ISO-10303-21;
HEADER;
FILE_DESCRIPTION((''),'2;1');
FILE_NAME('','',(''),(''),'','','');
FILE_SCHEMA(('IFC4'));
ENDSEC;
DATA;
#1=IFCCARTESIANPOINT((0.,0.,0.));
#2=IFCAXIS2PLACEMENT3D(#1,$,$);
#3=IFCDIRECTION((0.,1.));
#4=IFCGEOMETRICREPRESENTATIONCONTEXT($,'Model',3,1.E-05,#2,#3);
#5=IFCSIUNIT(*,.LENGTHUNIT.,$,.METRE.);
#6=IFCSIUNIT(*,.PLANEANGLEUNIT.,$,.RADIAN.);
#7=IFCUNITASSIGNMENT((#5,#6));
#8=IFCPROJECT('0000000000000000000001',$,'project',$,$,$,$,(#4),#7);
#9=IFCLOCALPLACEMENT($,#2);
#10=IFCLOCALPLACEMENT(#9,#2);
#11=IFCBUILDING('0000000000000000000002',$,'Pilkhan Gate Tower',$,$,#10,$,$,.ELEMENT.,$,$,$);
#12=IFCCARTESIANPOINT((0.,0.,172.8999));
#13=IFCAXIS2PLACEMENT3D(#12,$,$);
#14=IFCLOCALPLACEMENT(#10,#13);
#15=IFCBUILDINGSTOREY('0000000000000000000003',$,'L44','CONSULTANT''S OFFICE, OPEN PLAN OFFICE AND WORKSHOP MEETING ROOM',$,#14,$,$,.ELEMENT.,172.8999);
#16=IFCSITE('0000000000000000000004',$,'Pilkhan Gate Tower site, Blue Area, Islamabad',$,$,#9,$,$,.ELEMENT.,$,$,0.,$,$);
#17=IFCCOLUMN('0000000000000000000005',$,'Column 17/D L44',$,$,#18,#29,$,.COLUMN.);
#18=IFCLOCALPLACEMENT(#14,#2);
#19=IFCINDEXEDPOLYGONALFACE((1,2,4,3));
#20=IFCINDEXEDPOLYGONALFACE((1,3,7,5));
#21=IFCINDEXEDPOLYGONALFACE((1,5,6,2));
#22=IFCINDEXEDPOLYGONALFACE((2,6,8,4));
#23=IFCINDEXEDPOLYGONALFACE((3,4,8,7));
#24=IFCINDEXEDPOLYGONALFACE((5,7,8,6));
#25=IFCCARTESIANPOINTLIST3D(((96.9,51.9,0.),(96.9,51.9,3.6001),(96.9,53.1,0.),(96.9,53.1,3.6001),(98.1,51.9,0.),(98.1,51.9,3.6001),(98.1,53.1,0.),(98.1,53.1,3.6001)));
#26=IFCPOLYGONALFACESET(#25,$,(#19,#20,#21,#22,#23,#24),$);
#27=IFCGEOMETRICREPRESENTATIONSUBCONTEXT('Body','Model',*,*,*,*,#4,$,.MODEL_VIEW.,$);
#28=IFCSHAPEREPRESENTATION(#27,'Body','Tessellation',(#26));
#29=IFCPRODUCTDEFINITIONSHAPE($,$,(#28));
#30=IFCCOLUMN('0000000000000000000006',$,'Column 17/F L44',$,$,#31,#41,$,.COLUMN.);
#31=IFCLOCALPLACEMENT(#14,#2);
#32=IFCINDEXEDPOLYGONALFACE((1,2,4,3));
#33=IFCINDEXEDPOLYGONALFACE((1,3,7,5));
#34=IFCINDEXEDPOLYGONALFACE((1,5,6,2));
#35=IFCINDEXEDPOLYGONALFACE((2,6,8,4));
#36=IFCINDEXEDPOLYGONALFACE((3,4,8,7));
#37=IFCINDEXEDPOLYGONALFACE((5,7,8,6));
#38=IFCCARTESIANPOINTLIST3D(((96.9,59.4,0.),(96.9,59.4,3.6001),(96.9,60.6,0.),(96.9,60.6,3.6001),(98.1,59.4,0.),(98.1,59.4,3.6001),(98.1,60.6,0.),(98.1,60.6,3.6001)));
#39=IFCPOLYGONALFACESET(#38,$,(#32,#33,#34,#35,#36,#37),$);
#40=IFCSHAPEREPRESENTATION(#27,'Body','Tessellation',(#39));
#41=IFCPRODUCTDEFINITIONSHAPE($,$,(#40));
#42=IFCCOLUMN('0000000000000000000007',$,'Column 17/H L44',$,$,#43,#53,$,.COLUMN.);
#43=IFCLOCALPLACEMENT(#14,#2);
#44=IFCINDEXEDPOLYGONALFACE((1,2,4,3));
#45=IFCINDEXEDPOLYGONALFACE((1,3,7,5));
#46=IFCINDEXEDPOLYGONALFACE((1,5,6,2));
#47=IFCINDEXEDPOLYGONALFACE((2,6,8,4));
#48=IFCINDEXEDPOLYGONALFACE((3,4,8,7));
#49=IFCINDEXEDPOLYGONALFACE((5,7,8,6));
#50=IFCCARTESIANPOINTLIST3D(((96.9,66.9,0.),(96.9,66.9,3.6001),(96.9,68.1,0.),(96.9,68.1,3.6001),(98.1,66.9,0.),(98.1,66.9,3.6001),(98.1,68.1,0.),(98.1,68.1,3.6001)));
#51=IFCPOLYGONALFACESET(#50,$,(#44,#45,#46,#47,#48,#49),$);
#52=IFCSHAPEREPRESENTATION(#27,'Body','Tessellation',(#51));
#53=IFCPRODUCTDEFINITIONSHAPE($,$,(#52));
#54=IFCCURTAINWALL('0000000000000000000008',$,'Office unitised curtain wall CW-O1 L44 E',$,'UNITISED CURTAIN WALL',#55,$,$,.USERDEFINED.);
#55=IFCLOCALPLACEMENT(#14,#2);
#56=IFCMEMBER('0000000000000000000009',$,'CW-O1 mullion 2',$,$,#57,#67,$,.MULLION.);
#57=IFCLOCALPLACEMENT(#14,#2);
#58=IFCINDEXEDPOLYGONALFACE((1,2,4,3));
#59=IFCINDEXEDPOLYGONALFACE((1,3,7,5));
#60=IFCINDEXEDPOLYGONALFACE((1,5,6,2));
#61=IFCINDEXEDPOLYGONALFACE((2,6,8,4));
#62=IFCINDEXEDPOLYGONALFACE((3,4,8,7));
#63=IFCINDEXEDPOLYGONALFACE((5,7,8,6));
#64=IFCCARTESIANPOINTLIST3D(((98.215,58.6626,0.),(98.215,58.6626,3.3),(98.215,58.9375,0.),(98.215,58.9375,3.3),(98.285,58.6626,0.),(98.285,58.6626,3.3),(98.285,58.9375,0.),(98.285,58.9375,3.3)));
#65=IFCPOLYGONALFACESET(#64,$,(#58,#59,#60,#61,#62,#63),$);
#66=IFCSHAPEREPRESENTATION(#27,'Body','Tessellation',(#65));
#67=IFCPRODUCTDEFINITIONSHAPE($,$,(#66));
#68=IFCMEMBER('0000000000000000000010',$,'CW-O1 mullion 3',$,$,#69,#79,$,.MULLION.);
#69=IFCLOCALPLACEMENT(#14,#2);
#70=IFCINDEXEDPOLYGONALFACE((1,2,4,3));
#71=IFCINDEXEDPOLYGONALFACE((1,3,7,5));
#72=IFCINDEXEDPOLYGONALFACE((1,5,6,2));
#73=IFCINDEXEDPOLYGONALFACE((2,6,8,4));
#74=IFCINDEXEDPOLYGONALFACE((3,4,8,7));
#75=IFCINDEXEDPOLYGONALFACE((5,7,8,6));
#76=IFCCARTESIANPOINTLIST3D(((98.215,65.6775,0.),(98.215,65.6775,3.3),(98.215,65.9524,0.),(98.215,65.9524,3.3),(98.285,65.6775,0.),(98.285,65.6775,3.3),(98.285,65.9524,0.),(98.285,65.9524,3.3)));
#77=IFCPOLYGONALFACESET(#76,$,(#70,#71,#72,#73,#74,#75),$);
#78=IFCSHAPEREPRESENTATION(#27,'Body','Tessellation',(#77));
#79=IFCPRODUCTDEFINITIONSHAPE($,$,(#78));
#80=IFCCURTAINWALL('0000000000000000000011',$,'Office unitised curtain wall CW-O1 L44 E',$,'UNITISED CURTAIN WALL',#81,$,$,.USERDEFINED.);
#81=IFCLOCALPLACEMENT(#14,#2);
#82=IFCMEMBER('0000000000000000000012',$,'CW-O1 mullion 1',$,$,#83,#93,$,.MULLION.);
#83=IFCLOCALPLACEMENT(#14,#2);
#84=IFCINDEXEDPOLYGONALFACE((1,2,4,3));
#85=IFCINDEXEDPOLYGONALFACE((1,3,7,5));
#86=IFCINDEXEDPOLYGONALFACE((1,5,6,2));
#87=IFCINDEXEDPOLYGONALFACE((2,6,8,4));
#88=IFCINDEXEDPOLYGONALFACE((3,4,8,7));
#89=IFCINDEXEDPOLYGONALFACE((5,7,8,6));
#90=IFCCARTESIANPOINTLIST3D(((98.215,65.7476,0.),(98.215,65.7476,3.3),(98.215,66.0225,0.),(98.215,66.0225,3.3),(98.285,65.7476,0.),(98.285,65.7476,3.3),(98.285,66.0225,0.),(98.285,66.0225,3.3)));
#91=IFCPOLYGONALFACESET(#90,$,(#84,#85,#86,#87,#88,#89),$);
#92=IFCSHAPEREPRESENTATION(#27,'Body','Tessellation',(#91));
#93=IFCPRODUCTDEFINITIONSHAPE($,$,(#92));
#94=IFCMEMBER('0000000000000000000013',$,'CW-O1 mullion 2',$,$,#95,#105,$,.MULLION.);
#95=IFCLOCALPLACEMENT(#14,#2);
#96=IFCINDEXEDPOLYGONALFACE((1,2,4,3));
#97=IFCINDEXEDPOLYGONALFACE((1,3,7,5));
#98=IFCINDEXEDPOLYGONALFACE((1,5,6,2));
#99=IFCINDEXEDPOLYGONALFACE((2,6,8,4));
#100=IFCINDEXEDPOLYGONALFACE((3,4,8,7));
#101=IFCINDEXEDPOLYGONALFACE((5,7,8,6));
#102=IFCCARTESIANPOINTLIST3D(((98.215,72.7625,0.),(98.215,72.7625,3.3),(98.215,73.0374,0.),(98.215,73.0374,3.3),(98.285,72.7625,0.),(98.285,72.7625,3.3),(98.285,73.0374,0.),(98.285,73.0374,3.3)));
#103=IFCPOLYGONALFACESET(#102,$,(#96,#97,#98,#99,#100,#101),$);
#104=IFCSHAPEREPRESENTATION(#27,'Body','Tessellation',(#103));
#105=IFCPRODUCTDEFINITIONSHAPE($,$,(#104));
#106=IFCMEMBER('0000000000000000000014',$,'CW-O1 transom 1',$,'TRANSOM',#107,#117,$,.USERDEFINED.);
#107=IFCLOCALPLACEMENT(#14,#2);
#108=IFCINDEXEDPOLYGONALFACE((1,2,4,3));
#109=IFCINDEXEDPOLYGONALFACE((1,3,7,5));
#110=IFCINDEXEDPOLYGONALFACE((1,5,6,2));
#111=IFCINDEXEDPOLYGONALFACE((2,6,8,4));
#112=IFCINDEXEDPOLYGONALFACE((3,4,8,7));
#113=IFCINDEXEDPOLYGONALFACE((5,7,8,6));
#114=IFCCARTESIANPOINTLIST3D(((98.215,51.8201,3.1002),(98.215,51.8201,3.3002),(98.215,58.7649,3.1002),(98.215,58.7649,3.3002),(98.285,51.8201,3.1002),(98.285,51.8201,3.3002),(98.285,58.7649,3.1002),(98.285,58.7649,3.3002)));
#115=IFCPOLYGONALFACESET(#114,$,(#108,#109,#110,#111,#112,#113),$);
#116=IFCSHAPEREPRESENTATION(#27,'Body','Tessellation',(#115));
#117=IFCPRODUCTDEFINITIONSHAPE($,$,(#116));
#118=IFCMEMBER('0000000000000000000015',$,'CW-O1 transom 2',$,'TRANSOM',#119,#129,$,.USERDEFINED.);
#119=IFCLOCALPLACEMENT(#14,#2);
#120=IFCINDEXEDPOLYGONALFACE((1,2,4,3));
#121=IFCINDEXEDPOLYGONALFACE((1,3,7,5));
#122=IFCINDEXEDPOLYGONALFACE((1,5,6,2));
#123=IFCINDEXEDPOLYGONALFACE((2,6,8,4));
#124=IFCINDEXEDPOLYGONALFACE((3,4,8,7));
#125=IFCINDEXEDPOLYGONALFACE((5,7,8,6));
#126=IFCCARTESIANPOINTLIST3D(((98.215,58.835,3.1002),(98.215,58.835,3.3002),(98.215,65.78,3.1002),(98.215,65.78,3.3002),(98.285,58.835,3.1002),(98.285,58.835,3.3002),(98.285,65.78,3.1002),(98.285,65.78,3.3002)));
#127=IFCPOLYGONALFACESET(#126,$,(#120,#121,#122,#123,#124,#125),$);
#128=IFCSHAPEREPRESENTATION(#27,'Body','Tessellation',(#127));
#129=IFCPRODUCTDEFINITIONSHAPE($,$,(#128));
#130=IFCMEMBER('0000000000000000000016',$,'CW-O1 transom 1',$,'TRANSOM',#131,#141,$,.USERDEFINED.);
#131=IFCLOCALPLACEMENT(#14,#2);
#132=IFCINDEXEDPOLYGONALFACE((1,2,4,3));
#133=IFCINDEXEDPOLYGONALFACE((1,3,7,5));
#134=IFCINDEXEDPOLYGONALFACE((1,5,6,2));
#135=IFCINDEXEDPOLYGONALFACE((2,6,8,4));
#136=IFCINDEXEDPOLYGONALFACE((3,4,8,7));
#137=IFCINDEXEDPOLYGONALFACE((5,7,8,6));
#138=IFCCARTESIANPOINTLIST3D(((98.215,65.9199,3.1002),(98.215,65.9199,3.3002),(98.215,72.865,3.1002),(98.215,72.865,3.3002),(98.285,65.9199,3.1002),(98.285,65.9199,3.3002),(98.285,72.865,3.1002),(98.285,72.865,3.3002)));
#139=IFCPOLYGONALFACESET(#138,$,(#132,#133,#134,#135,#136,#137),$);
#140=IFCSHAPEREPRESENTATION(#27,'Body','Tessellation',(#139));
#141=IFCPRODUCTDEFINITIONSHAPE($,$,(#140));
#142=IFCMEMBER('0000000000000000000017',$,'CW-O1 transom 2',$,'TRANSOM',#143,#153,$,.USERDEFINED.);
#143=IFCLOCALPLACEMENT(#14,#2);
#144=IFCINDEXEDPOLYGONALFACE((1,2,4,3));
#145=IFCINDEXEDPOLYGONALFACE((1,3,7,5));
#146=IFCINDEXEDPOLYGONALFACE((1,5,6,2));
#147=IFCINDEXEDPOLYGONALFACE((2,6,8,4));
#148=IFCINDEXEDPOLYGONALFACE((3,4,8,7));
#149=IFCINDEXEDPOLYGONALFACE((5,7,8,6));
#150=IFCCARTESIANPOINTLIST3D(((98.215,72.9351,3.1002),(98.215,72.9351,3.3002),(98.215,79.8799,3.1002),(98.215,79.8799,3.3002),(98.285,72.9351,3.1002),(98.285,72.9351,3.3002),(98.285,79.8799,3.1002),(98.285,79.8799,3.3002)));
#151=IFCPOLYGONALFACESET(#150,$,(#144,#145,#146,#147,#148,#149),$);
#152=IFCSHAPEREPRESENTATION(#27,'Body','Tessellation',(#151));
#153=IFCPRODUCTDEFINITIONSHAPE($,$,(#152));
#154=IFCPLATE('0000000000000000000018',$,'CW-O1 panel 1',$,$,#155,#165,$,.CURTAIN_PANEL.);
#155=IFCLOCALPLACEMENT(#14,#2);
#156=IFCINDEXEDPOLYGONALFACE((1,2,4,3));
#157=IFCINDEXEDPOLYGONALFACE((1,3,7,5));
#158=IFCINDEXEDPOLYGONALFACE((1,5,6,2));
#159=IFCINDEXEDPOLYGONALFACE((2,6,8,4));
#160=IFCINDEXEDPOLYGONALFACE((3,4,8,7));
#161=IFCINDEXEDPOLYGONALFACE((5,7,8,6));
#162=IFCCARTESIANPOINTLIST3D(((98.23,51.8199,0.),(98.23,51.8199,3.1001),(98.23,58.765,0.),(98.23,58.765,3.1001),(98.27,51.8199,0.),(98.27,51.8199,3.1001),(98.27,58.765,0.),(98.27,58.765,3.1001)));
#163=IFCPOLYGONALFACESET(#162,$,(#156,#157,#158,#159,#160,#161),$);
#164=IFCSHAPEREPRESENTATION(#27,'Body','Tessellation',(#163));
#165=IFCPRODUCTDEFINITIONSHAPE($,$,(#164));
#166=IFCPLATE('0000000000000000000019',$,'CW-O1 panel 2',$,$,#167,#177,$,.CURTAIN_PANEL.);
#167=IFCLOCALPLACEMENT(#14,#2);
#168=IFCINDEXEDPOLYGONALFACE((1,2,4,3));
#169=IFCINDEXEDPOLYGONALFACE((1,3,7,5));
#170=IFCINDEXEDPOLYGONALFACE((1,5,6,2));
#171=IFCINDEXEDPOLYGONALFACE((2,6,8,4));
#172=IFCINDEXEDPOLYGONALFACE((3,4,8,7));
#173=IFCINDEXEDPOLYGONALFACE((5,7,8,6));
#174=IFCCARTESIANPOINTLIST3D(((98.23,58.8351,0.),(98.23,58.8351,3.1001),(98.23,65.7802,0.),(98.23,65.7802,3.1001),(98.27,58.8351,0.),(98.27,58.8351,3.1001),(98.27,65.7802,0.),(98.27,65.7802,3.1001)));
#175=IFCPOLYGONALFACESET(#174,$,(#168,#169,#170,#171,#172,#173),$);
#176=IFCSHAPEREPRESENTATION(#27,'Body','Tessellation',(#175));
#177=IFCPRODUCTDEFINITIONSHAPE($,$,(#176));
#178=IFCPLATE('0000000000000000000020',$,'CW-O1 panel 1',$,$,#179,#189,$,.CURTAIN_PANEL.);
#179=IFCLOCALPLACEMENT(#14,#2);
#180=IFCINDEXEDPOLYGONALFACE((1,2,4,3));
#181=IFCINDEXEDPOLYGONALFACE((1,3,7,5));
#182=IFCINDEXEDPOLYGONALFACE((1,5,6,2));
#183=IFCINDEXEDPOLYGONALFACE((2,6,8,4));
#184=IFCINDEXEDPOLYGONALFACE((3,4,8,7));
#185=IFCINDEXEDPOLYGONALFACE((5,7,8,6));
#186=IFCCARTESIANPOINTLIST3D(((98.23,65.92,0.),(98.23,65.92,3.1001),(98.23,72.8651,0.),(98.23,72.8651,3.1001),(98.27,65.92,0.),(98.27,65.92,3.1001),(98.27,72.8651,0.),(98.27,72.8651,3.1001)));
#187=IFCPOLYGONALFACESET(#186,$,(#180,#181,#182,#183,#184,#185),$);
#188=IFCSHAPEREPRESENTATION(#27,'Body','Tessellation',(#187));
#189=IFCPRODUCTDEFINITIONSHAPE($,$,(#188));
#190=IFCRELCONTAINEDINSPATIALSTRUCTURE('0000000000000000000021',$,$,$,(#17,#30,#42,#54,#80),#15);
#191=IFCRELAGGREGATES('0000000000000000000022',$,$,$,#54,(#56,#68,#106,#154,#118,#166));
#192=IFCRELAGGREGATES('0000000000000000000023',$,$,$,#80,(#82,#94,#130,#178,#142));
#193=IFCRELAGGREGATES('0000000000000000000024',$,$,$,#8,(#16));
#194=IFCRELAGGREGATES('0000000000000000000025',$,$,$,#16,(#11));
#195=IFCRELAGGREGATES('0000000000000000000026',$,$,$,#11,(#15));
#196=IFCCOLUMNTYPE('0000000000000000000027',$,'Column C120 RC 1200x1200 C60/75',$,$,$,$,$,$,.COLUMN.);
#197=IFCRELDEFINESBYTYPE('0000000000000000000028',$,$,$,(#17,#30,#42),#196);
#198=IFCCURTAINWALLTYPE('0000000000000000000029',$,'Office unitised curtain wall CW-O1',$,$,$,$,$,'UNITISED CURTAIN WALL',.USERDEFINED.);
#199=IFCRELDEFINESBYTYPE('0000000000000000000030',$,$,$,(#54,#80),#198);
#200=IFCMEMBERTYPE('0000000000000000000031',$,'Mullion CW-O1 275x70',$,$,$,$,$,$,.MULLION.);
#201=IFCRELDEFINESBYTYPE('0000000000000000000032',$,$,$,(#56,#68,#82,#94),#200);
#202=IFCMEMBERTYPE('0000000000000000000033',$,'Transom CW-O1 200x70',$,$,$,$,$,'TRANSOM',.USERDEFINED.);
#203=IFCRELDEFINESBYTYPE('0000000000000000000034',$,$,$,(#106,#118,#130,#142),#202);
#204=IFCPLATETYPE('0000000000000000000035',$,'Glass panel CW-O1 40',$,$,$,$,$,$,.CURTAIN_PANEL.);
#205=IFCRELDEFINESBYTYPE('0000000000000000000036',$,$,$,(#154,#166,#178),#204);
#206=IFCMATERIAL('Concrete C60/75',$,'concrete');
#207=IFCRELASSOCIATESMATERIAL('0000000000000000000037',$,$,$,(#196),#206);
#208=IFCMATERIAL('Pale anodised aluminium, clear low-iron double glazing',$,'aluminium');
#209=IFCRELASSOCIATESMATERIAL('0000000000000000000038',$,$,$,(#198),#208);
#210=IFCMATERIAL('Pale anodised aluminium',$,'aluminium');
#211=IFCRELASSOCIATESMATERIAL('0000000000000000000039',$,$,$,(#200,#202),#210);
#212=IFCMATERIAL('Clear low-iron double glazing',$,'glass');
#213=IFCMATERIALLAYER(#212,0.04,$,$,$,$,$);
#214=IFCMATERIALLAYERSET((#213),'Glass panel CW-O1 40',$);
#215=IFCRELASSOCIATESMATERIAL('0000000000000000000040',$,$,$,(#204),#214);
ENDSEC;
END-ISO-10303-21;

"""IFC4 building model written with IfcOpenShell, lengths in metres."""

from ifc_helpers import new_model, si_unit, direction, frame, origin, origin_2d, place, context, subcontext, project, spatial, rectangle, extrude, material, layer, layer_set, material_profile, profile_set, type_object, element, aggregate, save


model = new_model("IFC4")

# Units and contexts
model_context = context("Model", 3, precision=1e-05, world=origin(), true_north=direction((0.0, 1.0)))
body_context = subcontext(model_context, "Body", "Model", "MODEL_VIEW")
ifc_project = project(units=[si_unit("LENGTHUNIT", "METRE"), si_unit("PLANEANGLEUNIT", "RADIAN")], contexts=[model_context])

# Site, building, storey
site_placement = place(None, origin())
site = spatial("IfcSite", under=ifc_project, at=site_placement, Name="Pilkhan Gate Tower site, Blue Area, Islamabad", CompositionType="ELEMENT", RefElevation=0.0)
building_placement = place(site_placement, origin())
building = spatial("IfcBuilding", under=site, at=building_placement, Name="Pilkhan Gate Tower", CompositionType="ELEMENT")
storey_placement = place(building_placement, frame((0.0, 0.0, 172.8999)))
storey = spatial("IfcBuildingStorey", under=building, at=storey_placement, Name="L44", Description="CONSULTANT'S OFFICE, OPEN PLAN OFFICE AND WORKSHOP MEETING ROOM", CompositionType="ELEMENT", Elevation=172.8999)

# Columns
ifc_material_1 = material(Name="Concrete C60/75", Category="concrete")
ifc_material_profile_1 = material_profile(ifc_material_1, rectangle(XDim=1.2, YDim=1.2, at=origin_2d()), Name="RC 1200x1200")
ifc_profile_set_1 = profile_set([ifc_material_profile_1], Name="Concrete C60/75")
column_type = type_object("IfcColumnType", Name="Column C120 RC 1200x1200 C60/75", PredefinedType="COLUMN", material=ifc_profile_set_1)
for number, where, z_axis, x_axis, name in (
    (1, (97.5, 52.5, 0.0), (0.0, 0.0, 1.0), (1.0, 0.0, 0.0), "Column 17/D L44"),
    (2, (97.5, 60.0, 0.0), (0.0, 0.0, 1.0), (1.0, 0.0, 0.0), "Column 17/F L44"),
    (3, (97.5, 67.5, 0.0), (0.0, 0.0, 1.0), (1.0, 0.0, 0.0), "Column 17/H L44"),
):
    element("IfcColumn", number, at=place(storey_placement, frame(where, z_axis=z_axis, x_axis=x_axis)), inside=storey, type_object=column_type, Name=name, PredefinedType="COLUMN", context=body_context, shape_type="SweptSolid", body=[
        extrude(rectangle(XDim=1.2, YDim=1.2, at=origin_2d()), origin(), (0.0, 0.0, 1.0), 3.6001),
    ])

# Curtain walls, members
ifc_material_2 = material(Name="Pale anodised aluminium, clear low-iron double glazing", Category="aluminium")
curtain_wall_type = type_object("IfcCurtainWallType", Name="Office unitised curtain wall CW-O1", ElementType="UNITISED CURTAIN WALL", PredefinedType="USERDEFINED", material=ifc_material_2)
curtain_wall_1_placement = place(storey_placement, origin())
curtain_wall_1 = element("IfcCurtainWall", 4, at=curtain_wall_1_placement, inside=storey, type_object=curtain_wall_type, Name="Office unitised curtain wall CW-O1 L44 E", ObjectType="UNITISED CURTAIN WALL", PredefinedType="USERDEFINED")
ifc_material_3 = material(Name="Pale anodised aluminium", Category="aluminium")
ifc_material_profile_2 = material_profile(ifc_material_3, rectangle(XDim=0.0701, YDim=0.2749, at=origin_2d()), Name="Mullion 275x70")
ifc_profile_set_2 = profile_set([ifc_material_profile_2], Name="Pale anodised aluminium")
member_type_1 = type_object("IfcMemberType", Name="Mullion CW-O1 275x70", PredefinedType="MULLION", material=ifc_profile_set_2)
member_1_placement = place(storey_placement, frame((98.25, 58.8, 0.0), z_axis=(0.0, 0.0, 1.0), x_axis=(-1.0, 0.0, 0.0)))
member_1 = element("IfcMember", 5, at=member_1_placement, type_object=member_type_1, Name="CW-O1 mullion 2", PredefinedType="MULLION", context=body_context, shape_type="SweptSolid", body=[
    extrude(rectangle(XDim=0.0701, YDim=0.2749, at=origin_2d()), origin(), (0.0, 0.0, 1.0), 3.3),
])
member_2_placement = place(storey_placement, frame((98.25, 65.8149, 0.0), z_axis=(0.0, 0.0, 1.0), x_axis=(-1.0, 0.0, 0.0)))
member_2 = element("IfcMember", 6, at=member_2_placement, type_object=member_type_1, Name="CW-O1 mullion 3", PredefinedType="MULLION", context=body_context, shape_type="SweptSolid", body=[
    extrude(rectangle(XDim=0.0701, YDim=0.2749, at=origin_2d()), origin(), (0.0, 0.0, 1.0), 3.3),
])
curtain_wall_2_placement = place(storey_placement, origin())
curtain_wall_2 = element("IfcCurtainWall", 7, at=curtain_wall_2_placement, inside=storey, type_object=curtain_wall_type, Name="Office unitised curtain wall CW-O1 L44 E", ObjectType="UNITISED CURTAIN WALL", PredefinedType="USERDEFINED")
member_3_placement = place(storey_placement, frame((98.25, 65.885, 0.0), z_axis=(0.0, 0.0, 1.0), x_axis=(-1.0, 0.0, 0.0)))
member_3 = element("IfcMember", 8, at=member_3_placement, type_object=member_type_1, Name="CW-O1 mullion 1", PredefinedType="MULLION", context=body_context, shape_type="SweptSolid", body=[
    extrude(rectangle(XDim=0.0701, YDim=0.2749, at=origin_2d()), origin(), (0.0, 0.0, 1.0), 3.3),
])
member_4_placement = place(storey_placement, frame((98.25, 72.8999, 0.0), z_axis=(0.0, 0.0, 1.0), x_axis=(-1.0, 0.0, 0.0)))
member_4 = element("IfcMember", 9, at=member_4_placement, type_object=member_type_1, Name="CW-O1 mullion 2", PredefinedType="MULLION", context=body_context, shape_type="SweptSolid", body=[
    extrude(rectangle(XDim=0.0701, YDim=0.2749, at=origin_2d()), origin(), (0.0, 0.0, 1.0), 3.3),
])

# Members
ifc_material_profile_3 = material_profile(ifc_material_3, rectangle(XDim=0.0701, YDim=0.2, at=origin_2d()), Name="Transom 200x70")
ifc_profile_set_3 = profile_set([ifc_material_profile_3], Name="Pale anodised aluminium")
member_type_2 = type_object("IfcMemberType", Name="Transom CW-O1 200x70", ElementType="TRANSOM", PredefinedType="USERDEFINED", material=ifc_profile_set_3)
member_5_placement = place(storey_placement, frame((98.25, 51.8201, 3.2002), z_axis=(0.0, 1.0, 0.0), x_axis=(-1.0, 0.0, 0.0)))
member_5 = element("IfcMember", 10, at=member_5_placement, type_object=member_type_2, Name="CW-O1 transom 1", ObjectType="TRANSOM", PredefinedType="USERDEFINED", context=body_context, shape_type="SweptSolid", body=[
    extrude(rectangle(XDim=0.0701, YDim=0.2, at=origin_2d()), origin(), (0.0, 0.0, 1.0), 6.9448),
])
member_6_placement = place(storey_placement, frame((98.25, 58.835, 3.2002), z_axis=(0.0, 1.0, 0.0), x_axis=(-1.0, 0.0, 0.0)))
member_6 = element("IfcMember", 11, at=member_6_placement, type_object=member_type_2, Name="CW-O1 transom 2", ObjectType="TRANSOM", PredefinedType="USERDEFINED", context=body_context, shape_type="SweptSolid", body=[
    extrude(rectangle(XDim=0.0701, YDim=0.2, at=origin_2d()), origin(), (0.0, 0.0, 1.0), 6.9451),
])
member_7_placement = place(storey_placement, frame((98.25, 65.9199, 3.2002), z_axis=(0.0, 1.0, 0.0), x_axis=(-1.0, 0.0, 0.0)))
member_7 = element("IfcMember", 12, at=member_7_placement, type_object=member_type_2, Name="CW-O1 transom 1", ObjectType="TRANSOM", PredefinedType="USERDEFINED", context=body_context, shape_type="SweptSolid", body=[
    extrude(rectangle(XDim=0.0701, YDim=0.2, at=origin_2d()), origin(), (0.0, 0.0, 1.0), 6.9451),
])
member_8_placement = place(storey_placement, frame((98.25, 72.9351, 3.2002), z_axis=(0.0, 1.0, 0.0), x_axis=(-1.0, 0.0, 0.0)))
member_8 = element("IfcMember", 13, at=member_8_placement, type_object=member_type_2, Name="CW-O1 transom 2", ObjectType="TRANSOM", PredefinedType="USERDEFINED", context=body_context, shape_type="SweptSolid", body=[
    extrude(rectangle(XDim=0.0701, YDim=0.2, at=origin_2d()), origin(), (0.0, 0.0, 1.0), 6.9448),
])

# Plates
ifc_material_4 = material(Name="Clear low-iron double glazing", Category="glass")
ifc_layer_1 = layer(ifc_material_4, 0.04)
ifc_layer_set_1 = layer_set([ifc_layer_1], Name="Glass panel CW-O1 40")
plate_type = type_object("IfcPlateType", Name="Glass panel CW-O1 40", PredefinedType="CURTAIN_PANEL", material=ifc_layer_set_1)
plate_1_placement = place(storey_placement, frame((98.25, 55.2925, 0.0), z_axis=(0.0, 0.0, 1.0), x_axis=(0.0, 1.0, 0.0)))
plate_1 = element("IfcPlate", 14, at=plate_1_placement, type_object=plate_type, Name="CW-O1 panel 1", PredefinedType="CURTAIN_PANEL", context=body_context, shape_type="SweptSolid", body=[
    extrude(rectangle(XDim=6.9451, YDim=0.04, at=origin_2d()), origin(), (0.0, 0.0, 1.0), 3.1001),
])
plate_2_placement = place(storey_placement, frame((98.25, 62.3076, 0.0), z_axis=(0.0, 0.0, 1.0), x_axis=(0.0, 1.0, 0.0)))
plate_2 = element("IfcPlate", 15, at=plate_2_placement, type_object=plate_type, Name="CW-O1 panel 2", PredefinedType="CURTAIN_PANEL", context=body_context, shape_type="SweptSolid", body=[
    extrude(rectangle(XDim=6.9451, YDim=0.04, at=origin_2d()), origin(), (0.0, 0.0, 1.0), 3.1001),
])
aggregate(curtain_wall_1, [member_1, member_2, member_5, plate_1, member_6, plate_2])
plate_3_placement = place(storey_placement, frame((98.25, 69.3926, 0.0), z_axis=(0.0, 0.0, 1.0), x_axis=(0.0, 1.0, 0.0)))
plate_3 = element("IfcPlate", 16, at=plate_3_placement, type_object=plate_type, Name="CW-O1 panel 1", PredefinedType="CURTAIN_PANEL", context=body_context, shape_type="SweptSolid", body=[
    extrude(rectangle(XDim=6.9451, YDim=0.04, at=origin_2d()), origin(), (0.0, 0.0, 1.0), 3.1001),
])
aggregate(curtain_wall_2, [member_3, member_4, member_7, plate_3, member_8])

save(model, "model.ifc")
